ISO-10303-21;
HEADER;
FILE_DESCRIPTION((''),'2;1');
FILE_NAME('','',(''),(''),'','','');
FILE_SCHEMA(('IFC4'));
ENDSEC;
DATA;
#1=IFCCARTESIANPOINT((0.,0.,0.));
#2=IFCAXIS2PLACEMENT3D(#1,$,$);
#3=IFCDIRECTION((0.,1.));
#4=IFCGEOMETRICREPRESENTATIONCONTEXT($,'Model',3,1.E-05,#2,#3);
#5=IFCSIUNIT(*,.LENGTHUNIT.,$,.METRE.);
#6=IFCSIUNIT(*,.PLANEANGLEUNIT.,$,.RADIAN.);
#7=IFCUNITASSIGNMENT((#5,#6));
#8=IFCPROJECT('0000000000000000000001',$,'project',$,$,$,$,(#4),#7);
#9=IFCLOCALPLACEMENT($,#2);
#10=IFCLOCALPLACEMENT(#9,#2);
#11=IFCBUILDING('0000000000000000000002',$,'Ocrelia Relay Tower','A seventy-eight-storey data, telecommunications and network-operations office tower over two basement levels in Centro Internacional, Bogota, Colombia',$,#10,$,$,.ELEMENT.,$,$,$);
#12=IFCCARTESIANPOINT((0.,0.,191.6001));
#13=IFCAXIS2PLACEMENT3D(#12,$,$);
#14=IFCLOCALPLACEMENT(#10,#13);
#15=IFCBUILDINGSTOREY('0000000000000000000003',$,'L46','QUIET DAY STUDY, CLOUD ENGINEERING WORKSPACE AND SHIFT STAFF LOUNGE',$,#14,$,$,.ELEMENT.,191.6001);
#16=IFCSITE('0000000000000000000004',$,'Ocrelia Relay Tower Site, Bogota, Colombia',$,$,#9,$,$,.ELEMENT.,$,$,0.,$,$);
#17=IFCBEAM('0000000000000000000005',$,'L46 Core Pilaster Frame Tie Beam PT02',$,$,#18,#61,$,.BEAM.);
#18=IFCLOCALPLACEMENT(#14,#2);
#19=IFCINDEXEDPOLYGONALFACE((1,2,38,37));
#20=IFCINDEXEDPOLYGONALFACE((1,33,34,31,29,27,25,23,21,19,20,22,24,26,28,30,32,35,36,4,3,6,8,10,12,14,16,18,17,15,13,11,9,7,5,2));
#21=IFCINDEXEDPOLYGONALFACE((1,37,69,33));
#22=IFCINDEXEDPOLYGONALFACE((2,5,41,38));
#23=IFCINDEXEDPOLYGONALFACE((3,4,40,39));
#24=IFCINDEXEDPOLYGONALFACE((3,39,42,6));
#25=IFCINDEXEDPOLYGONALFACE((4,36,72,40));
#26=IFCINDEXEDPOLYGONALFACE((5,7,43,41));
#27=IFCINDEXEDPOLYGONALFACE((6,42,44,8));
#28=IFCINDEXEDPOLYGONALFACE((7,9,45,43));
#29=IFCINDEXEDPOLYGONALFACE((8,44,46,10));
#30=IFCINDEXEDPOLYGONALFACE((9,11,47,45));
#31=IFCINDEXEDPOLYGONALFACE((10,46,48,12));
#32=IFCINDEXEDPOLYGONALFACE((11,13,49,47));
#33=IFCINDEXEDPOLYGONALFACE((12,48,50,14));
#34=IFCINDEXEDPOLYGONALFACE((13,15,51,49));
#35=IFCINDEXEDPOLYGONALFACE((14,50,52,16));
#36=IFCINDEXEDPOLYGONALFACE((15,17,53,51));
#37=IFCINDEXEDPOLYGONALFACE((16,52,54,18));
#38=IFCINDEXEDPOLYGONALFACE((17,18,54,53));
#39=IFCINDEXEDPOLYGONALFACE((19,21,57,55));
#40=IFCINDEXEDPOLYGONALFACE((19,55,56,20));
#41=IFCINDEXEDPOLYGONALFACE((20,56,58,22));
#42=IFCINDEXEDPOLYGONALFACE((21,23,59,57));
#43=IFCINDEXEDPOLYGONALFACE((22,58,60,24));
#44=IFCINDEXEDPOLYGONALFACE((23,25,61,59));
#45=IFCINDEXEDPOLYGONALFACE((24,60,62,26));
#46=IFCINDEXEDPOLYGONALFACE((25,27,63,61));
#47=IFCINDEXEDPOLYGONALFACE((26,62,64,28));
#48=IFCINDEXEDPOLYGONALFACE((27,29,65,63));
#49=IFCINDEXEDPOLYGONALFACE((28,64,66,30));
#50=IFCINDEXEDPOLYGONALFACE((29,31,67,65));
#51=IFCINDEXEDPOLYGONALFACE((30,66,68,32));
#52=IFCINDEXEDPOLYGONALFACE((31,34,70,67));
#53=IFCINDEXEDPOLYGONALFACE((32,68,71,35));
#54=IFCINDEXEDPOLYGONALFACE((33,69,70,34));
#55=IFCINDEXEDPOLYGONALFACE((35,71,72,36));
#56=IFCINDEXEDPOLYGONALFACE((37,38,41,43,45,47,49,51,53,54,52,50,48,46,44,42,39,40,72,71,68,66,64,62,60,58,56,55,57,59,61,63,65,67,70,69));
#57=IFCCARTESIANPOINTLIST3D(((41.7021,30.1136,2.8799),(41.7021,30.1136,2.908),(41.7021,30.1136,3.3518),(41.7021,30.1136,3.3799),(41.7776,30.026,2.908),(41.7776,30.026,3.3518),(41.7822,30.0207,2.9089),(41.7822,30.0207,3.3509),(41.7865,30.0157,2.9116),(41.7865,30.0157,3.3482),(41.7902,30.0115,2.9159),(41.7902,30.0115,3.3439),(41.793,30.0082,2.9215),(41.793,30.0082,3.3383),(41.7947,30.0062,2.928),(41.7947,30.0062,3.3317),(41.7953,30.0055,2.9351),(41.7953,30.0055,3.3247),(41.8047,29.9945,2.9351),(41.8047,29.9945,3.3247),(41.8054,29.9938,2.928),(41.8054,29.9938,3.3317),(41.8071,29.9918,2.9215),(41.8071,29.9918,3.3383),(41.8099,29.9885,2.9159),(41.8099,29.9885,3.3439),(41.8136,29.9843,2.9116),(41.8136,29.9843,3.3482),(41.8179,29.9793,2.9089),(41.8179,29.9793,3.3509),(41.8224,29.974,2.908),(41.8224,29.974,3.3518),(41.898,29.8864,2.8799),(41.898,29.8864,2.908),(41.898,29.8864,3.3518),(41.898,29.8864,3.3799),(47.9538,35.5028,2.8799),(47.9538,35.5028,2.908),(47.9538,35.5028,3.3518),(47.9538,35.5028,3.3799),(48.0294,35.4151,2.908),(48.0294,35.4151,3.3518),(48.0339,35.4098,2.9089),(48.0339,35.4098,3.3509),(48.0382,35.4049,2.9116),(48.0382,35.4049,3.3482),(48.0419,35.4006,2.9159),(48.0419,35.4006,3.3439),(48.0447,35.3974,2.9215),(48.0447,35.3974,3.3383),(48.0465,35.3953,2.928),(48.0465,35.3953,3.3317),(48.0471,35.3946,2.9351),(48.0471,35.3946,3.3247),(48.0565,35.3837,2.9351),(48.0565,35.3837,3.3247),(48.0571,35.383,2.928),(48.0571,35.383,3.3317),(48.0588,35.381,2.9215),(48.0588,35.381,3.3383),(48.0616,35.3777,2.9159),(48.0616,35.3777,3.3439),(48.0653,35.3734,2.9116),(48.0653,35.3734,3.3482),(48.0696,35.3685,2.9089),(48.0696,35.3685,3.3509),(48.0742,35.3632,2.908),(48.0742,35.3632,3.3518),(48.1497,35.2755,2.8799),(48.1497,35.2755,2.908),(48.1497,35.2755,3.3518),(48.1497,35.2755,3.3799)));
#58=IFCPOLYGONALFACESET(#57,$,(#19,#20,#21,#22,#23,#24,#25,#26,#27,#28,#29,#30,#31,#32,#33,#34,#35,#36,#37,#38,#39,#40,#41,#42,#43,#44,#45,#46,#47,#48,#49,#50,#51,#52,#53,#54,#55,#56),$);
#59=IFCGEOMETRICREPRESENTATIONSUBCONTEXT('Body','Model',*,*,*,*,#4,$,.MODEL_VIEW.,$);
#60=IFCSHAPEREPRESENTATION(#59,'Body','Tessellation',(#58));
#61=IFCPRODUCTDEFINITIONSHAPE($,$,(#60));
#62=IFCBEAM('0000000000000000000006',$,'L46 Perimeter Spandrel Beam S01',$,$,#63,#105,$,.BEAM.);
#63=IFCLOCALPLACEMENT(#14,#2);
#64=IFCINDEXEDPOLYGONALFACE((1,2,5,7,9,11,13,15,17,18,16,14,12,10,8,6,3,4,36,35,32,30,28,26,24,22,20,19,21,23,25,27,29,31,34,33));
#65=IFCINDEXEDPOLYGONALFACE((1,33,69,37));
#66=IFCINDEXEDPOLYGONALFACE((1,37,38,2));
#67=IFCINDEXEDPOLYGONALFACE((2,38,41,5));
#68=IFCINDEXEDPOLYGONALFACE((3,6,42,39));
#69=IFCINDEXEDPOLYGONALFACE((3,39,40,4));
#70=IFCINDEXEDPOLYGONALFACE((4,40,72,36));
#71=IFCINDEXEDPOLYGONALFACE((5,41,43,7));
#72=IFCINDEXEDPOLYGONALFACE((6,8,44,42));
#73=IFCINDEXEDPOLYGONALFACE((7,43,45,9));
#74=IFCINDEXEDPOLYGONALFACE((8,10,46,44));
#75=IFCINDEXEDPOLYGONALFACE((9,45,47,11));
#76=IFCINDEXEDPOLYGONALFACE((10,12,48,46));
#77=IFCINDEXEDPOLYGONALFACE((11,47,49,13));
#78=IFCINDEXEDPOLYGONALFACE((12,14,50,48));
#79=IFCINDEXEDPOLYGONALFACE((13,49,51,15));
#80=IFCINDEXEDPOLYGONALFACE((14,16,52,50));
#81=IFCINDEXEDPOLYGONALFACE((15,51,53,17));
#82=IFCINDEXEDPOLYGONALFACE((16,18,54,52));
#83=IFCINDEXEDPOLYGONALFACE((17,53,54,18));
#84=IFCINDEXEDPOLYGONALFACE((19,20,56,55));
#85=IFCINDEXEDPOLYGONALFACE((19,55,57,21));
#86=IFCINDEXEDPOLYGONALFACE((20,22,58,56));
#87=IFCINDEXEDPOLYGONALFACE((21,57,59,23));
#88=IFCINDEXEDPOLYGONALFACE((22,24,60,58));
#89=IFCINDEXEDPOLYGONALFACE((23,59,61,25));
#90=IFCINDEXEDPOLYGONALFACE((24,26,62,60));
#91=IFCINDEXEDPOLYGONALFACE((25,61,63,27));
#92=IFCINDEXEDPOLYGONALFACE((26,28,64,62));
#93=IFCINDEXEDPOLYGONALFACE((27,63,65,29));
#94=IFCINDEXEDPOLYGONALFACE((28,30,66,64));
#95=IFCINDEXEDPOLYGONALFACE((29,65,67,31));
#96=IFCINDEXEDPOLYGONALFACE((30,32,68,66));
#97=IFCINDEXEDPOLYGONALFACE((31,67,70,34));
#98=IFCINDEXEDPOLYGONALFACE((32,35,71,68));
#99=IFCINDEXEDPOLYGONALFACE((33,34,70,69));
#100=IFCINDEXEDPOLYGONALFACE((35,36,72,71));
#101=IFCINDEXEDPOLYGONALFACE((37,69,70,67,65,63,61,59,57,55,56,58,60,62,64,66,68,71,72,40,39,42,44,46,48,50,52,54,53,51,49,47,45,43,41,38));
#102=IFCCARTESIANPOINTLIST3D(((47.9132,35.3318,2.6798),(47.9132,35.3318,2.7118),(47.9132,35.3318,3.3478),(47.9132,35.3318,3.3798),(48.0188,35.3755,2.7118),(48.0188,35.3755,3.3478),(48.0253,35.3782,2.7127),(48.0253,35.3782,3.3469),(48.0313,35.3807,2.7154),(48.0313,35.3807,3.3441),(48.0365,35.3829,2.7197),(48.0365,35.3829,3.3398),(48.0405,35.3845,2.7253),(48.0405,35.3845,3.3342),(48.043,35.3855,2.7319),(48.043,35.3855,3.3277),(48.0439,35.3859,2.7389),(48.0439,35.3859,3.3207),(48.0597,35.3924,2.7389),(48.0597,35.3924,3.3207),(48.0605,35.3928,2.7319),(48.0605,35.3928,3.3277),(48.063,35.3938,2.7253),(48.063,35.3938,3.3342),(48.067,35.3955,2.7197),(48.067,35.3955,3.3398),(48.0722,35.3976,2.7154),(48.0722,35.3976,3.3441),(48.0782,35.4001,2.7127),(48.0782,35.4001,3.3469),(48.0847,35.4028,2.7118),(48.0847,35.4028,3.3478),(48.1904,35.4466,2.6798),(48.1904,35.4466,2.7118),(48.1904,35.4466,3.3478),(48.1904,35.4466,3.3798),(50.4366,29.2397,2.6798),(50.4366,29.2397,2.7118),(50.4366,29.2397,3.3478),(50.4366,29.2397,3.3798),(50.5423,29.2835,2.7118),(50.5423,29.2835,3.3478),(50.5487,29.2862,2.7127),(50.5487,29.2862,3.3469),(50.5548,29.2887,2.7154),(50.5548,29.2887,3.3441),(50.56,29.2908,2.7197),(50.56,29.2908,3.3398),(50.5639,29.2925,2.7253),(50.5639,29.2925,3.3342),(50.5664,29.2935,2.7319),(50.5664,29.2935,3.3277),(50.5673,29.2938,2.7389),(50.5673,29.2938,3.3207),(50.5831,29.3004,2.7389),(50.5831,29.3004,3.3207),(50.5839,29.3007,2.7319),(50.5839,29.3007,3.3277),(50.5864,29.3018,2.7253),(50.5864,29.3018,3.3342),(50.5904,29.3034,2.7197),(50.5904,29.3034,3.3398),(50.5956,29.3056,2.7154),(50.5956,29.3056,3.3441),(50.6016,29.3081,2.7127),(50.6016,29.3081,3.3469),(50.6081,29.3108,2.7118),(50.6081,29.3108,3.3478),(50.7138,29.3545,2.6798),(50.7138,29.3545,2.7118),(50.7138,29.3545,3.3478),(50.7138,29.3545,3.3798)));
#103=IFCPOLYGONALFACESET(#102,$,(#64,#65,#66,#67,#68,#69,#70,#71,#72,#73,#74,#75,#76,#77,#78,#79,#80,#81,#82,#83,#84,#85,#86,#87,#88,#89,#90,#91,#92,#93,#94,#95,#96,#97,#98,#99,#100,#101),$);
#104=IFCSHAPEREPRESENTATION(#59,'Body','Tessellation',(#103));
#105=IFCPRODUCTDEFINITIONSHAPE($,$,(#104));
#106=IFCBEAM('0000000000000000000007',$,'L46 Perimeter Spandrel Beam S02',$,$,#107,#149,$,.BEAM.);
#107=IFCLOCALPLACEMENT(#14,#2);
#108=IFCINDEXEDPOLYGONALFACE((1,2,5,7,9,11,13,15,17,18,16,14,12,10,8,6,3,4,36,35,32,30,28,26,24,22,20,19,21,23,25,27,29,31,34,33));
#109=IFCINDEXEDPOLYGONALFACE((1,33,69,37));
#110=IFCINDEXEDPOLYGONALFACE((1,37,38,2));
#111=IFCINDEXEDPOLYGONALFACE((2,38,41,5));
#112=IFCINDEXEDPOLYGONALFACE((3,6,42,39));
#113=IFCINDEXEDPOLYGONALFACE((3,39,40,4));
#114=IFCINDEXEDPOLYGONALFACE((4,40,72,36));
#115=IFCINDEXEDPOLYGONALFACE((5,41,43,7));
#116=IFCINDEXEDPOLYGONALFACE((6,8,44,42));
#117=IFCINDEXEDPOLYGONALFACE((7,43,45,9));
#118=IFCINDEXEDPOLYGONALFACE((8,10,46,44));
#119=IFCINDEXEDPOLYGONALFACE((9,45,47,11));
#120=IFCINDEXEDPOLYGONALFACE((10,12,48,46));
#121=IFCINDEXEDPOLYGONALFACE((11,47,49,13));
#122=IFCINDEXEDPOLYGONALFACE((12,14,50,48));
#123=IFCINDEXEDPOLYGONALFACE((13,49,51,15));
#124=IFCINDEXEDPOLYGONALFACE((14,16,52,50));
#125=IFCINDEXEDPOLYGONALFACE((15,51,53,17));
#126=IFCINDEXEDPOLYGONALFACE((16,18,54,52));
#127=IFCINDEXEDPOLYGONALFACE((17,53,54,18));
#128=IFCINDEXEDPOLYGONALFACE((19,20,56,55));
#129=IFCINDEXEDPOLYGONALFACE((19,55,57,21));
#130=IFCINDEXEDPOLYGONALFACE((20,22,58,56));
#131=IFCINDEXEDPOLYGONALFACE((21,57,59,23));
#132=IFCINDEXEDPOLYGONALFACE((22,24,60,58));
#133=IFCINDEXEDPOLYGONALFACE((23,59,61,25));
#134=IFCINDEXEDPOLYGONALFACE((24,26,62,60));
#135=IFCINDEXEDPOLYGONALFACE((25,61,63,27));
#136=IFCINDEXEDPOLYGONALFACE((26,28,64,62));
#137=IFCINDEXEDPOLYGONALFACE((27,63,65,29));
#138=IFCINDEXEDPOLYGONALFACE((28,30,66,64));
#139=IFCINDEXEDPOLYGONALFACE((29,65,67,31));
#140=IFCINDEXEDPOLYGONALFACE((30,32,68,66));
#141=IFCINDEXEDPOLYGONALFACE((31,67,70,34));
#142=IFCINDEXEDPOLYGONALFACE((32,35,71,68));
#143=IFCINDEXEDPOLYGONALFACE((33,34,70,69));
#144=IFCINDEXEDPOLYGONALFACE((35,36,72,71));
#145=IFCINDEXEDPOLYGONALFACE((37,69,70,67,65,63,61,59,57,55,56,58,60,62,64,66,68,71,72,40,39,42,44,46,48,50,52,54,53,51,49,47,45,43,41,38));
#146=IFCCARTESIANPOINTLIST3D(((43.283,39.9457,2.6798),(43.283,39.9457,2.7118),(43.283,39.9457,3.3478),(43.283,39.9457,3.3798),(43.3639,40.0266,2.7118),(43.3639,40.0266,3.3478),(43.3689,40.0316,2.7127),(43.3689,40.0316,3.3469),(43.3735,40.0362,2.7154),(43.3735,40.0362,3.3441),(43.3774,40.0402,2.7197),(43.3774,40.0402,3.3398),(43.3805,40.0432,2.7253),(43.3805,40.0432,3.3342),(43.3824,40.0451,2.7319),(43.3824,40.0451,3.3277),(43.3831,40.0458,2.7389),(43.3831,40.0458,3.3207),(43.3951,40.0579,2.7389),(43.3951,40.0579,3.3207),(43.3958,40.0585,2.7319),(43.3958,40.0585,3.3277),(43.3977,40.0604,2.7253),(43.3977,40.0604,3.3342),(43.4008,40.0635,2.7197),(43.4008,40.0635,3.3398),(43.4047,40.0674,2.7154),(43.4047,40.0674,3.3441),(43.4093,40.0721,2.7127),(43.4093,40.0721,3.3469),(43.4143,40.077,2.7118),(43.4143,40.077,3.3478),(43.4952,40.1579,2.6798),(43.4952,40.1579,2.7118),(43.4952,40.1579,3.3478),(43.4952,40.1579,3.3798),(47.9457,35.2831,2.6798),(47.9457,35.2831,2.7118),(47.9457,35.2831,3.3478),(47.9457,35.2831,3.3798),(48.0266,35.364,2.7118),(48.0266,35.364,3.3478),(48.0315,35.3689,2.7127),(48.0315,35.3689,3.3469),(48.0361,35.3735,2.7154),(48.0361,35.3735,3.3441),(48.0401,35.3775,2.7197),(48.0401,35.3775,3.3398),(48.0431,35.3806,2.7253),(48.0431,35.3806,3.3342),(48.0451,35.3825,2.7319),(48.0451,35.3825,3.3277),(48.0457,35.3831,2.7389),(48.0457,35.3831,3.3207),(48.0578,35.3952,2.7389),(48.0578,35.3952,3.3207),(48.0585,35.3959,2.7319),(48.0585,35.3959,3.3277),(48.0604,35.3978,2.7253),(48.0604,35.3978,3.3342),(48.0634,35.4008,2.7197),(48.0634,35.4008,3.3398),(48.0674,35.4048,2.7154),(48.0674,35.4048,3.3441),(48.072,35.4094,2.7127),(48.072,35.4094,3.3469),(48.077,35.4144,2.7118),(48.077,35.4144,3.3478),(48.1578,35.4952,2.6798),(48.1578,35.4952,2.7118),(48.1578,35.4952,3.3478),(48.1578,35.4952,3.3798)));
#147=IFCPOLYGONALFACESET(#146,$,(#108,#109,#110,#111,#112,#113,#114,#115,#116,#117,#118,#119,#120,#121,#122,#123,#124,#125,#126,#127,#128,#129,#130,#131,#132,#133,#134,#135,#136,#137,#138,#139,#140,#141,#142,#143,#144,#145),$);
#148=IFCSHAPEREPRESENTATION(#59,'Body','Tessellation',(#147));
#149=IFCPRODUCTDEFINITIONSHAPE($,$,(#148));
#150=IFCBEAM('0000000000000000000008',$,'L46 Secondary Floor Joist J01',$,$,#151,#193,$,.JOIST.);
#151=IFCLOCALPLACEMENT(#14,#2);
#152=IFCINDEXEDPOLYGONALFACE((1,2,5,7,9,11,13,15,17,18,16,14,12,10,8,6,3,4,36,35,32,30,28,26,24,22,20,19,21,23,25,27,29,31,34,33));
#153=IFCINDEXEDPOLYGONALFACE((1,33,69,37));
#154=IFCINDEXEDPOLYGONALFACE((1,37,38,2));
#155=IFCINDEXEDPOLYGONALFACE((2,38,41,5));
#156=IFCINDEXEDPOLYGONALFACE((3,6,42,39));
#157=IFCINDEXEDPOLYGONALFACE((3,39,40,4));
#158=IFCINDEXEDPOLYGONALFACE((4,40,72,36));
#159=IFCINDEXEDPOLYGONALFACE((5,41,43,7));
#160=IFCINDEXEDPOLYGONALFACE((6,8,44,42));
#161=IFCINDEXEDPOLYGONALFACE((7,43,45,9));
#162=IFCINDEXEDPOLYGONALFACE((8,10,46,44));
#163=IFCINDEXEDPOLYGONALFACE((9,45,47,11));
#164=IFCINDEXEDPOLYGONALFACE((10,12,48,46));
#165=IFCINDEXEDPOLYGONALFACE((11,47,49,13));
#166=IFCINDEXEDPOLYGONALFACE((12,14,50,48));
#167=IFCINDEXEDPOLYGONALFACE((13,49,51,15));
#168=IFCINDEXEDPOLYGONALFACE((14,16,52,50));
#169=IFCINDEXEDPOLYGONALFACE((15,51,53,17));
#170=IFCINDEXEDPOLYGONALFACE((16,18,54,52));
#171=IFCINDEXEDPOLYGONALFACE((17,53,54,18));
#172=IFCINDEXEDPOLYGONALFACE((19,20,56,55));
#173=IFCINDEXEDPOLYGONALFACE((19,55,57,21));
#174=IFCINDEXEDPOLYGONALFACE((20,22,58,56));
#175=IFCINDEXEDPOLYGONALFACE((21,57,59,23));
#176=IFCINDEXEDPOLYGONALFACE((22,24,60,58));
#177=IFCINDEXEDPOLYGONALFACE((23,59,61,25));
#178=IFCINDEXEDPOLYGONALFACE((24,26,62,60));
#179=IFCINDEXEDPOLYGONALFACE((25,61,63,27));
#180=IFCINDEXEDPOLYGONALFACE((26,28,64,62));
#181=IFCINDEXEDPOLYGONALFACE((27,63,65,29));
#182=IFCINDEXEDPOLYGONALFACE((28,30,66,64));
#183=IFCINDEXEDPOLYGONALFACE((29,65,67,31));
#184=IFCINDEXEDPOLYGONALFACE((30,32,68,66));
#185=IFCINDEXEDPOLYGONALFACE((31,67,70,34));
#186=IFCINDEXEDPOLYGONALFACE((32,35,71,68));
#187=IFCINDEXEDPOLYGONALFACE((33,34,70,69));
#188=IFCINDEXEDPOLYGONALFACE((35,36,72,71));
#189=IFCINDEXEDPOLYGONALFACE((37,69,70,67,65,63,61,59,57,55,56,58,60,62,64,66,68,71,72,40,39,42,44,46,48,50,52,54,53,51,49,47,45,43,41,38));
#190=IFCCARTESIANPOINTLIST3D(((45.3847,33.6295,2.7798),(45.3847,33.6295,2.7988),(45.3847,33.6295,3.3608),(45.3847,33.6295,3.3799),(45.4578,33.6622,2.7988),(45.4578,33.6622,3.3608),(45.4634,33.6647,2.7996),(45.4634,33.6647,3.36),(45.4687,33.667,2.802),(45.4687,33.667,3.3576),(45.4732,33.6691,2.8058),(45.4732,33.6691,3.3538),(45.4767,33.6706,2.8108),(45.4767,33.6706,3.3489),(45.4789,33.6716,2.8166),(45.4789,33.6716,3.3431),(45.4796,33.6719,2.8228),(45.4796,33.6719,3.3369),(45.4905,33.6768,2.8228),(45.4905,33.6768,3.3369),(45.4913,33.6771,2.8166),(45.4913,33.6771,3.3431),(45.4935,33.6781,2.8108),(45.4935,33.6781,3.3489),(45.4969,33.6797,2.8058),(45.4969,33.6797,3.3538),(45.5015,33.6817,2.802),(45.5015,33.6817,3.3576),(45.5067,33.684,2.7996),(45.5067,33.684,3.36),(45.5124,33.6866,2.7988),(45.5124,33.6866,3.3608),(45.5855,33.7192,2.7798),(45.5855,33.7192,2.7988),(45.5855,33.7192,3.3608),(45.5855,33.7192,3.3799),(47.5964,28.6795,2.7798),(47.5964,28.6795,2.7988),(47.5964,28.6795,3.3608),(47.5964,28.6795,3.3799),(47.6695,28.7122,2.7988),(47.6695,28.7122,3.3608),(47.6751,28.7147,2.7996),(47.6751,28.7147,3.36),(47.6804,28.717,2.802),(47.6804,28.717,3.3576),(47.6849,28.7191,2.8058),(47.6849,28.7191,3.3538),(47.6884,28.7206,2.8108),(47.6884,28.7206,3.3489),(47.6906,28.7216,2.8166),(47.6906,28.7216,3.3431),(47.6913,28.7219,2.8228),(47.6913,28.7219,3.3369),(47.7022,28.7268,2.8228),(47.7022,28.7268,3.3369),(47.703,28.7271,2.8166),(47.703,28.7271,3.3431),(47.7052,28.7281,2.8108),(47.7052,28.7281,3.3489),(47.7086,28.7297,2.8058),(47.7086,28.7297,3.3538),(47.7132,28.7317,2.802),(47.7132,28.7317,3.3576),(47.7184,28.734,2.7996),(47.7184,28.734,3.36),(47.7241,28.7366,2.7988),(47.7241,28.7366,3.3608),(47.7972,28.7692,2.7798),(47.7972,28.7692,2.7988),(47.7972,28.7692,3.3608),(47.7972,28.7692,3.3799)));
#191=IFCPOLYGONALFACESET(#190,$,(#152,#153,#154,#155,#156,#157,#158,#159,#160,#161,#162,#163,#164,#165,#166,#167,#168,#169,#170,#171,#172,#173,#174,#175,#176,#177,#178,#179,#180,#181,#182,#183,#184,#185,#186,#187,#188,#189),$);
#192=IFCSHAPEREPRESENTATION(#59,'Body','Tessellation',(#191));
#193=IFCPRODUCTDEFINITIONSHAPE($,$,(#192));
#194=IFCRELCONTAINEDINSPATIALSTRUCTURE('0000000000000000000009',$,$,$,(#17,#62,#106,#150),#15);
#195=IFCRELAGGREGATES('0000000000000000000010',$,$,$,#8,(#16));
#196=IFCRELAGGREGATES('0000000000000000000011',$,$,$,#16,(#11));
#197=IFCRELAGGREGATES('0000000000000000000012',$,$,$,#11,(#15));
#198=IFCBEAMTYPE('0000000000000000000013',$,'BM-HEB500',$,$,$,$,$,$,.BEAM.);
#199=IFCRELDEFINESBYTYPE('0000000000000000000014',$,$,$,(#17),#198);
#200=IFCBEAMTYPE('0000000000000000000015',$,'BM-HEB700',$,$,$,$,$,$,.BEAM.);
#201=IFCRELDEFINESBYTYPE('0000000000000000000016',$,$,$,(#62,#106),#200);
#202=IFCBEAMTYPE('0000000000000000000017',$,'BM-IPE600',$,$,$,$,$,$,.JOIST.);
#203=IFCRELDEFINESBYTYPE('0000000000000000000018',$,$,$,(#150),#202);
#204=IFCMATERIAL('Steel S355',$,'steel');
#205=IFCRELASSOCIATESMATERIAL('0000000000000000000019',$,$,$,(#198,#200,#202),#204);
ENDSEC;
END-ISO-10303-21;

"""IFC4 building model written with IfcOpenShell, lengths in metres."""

from ifc_helpers import new_model, si_unit, direction, frame, origin, origin_2d, place, context, subcontext, project, spatial, i_section, extrude, material, material_profile, profile_set, type_object, element, save


model = new_model("IFC4")

# Units and contexts
model_context = context("Model", 3, precision=1e-05, world=origin(), true_north=direction((0.0, 1.0)))
body_context = subcontext(model_context, "Body", "Model", "MODEL_VIEW")
ifc_project = project(units=[si_unit("LENGTHUNIT", "METRE"), si_unit("PLANEANGLEUNIT", "RADIAN")], contexts=[model_context])

# Site, building, storey
site_placement = place(None, origin())
site = spatial("IfcSite", under=ifc_project, at=site_placement, Name="Ocrelia Relay Tower Site, Bogota, Colombia", CompositionType="ELEMENT", RefElevation=0.0)
building_placement = place(site_placement, origin())
building = spatial("IfcBuilding", under=site, at=building_placement, Name="Ocrelia Relay Tower", Description="A seventy-eight-storey data, telecommunications and network-operations office tower over two basement levels in Centro Internacional, Bogota, Colombia", CompositionType="ELEMENT")
storey_placement = place(building_placement, frame((0.0, 0.0, 191.6001)))
storey = spatial("IfcBuildingStorey", under=building, at=storey_placement, Name="L46", Description="QUIET DAY STUDY, CLOUD ENGINEERING WORKSPACE AND SHIFT STAFF LOUNGE", CompositionType="ELEMENT", Elevation=191.6001)

# Beams
ifc_material_1 = material(Name="Steel S355", Category="steel")
ifc_material_profile_1 = material_profile(ifc_material_1, i_section(OverallWidth=0.3, OverallDepth=0.5, WebThickness=0.0144, FlangeThickness=0.0281, FilletRadius=0.0271, at=origin_2d()), Name="HEB 500")
ifc_profile_set_1 = profile_set([ifc_material_profile_1], Name="Steel S355")
beam_type_1 = type_object("IfcBeamType", Name="BM-HEB500", PredefinedType="BEAM", material=ifc_profile_set_1)
beam_1_placement = place(storey_placement, frame((48.0518, 35.3892, 3.1299), z_axis=(-0.757425, -0.652923, 0.0), x_axis=(0.652923, -0.757425, 0.0)))
element("IfcBeam", 1, at=beam_1_placement, inside=storey, type_object=beam_type_1, Name="L46 Core Pilaster Frame Tie Beam PT02", PredefinedType="BEAM", context=body_context, shape_type="SweptSolid", body=[
    extrude(i_section(OverallWidth=0.3, OverallDepth=0.5, WebThickness=0.0144, FlangeThickness=0.0281, FilletRadius=0.0271, at=origin_2d()), origin(), (0.0, 0.0, 1.0), 8.2539),
])
ifc_material_profile_2 = material_profile(ifc_material_1, i_section(OverallWidth=0.3, OverallDepth=0.7, WebThickness=0.0171, FlangeThickness=0.032, FilletRadius=0.0271, at=origin_2d()), Name="HEB 700")
ifc_profile_set_2 = profile_set([ifc_material_profile_2], Name="Steel S355")
beam_type_2 = type_object("IfcBeamType", Name="BM-HEB700", PredefinedType="BEAM", material=ifc_profile_set_2)
for number, where, z_axis, x_axis, name in (
    (2, (50.5752, 29.2971, 3.0298), (-0.382688, 0.923878, 0.0), (-0.923878, -0.382688, 0.0), "L46 Perimeter Spandrel Beam S01"),
    (3, (48.0518, 35.3892, 3.0298), (-0.707107, 0.707107, 0.0), (-0.707107, -0.707107, 0.0), "L46 Perimeter Spandrel Beam S02"),
):
    element("IfcBeam", number, at=place(storey_placement, frame(where, z_axis=z_axis, x_axis=x_axis)), inside=storey, type_object=beam_type_2, Name=name, PredefinedType="BEAM", context=body_context, shape_type="SweptSolid", body=[
        extrude(i_section(OverallWidth=0.3, OverallDepth=0.7, WebThickness=0.0171, FlangeThickness=0.032, FilletRadius=0.0271, at=origin_2d()), origin(), (0.0, 0.0, 1.0), 6.594),
    ])
ifc_material_profile_3 = material_profile(ifc_material_1, i_section(OverallWidth=0.22, OverallDepth=0.6001, WebThickness=0.012, FlangeThickness=0.019, FilletRadius=0.0239, at=origin_2d()), Name="IPE 600")
ifc_profile_set_3 = profile_set([ifc_material_profile_3], Name="Steel S355")
beam_type_3 = type_object("IfcBeamType", Name="BM-IPE600", PredefinedType="JOIST", material=ifc_profile_set_3)
beam_2_placement = place(storey_placement, frame((47.6968, 28.7244, 3.0798), z_axis=(-0.407938, 0.913009, 0.0), x_axis=(-0.913009, -0.407938, 0.0)))
element("IfcBeam", 4, at=beam_2_placement, inside=storey, type_object=beam_type_3, Name="L46 Secondary Floor Joist J01", PredefinedType="JOIST", context=body_context, shape_type="SweptSolid", body=[
    extrude(i_section(OverallWidth=0.22, OverallDepth=0.6001, WebThickness=0.012, FlangeThickness=0.019, FilletRadius=0.0239, at=origin_2d()), origin(), (0.0, 0.0, 1.0), 5.4216),
])

save(model, "model.ifc")
